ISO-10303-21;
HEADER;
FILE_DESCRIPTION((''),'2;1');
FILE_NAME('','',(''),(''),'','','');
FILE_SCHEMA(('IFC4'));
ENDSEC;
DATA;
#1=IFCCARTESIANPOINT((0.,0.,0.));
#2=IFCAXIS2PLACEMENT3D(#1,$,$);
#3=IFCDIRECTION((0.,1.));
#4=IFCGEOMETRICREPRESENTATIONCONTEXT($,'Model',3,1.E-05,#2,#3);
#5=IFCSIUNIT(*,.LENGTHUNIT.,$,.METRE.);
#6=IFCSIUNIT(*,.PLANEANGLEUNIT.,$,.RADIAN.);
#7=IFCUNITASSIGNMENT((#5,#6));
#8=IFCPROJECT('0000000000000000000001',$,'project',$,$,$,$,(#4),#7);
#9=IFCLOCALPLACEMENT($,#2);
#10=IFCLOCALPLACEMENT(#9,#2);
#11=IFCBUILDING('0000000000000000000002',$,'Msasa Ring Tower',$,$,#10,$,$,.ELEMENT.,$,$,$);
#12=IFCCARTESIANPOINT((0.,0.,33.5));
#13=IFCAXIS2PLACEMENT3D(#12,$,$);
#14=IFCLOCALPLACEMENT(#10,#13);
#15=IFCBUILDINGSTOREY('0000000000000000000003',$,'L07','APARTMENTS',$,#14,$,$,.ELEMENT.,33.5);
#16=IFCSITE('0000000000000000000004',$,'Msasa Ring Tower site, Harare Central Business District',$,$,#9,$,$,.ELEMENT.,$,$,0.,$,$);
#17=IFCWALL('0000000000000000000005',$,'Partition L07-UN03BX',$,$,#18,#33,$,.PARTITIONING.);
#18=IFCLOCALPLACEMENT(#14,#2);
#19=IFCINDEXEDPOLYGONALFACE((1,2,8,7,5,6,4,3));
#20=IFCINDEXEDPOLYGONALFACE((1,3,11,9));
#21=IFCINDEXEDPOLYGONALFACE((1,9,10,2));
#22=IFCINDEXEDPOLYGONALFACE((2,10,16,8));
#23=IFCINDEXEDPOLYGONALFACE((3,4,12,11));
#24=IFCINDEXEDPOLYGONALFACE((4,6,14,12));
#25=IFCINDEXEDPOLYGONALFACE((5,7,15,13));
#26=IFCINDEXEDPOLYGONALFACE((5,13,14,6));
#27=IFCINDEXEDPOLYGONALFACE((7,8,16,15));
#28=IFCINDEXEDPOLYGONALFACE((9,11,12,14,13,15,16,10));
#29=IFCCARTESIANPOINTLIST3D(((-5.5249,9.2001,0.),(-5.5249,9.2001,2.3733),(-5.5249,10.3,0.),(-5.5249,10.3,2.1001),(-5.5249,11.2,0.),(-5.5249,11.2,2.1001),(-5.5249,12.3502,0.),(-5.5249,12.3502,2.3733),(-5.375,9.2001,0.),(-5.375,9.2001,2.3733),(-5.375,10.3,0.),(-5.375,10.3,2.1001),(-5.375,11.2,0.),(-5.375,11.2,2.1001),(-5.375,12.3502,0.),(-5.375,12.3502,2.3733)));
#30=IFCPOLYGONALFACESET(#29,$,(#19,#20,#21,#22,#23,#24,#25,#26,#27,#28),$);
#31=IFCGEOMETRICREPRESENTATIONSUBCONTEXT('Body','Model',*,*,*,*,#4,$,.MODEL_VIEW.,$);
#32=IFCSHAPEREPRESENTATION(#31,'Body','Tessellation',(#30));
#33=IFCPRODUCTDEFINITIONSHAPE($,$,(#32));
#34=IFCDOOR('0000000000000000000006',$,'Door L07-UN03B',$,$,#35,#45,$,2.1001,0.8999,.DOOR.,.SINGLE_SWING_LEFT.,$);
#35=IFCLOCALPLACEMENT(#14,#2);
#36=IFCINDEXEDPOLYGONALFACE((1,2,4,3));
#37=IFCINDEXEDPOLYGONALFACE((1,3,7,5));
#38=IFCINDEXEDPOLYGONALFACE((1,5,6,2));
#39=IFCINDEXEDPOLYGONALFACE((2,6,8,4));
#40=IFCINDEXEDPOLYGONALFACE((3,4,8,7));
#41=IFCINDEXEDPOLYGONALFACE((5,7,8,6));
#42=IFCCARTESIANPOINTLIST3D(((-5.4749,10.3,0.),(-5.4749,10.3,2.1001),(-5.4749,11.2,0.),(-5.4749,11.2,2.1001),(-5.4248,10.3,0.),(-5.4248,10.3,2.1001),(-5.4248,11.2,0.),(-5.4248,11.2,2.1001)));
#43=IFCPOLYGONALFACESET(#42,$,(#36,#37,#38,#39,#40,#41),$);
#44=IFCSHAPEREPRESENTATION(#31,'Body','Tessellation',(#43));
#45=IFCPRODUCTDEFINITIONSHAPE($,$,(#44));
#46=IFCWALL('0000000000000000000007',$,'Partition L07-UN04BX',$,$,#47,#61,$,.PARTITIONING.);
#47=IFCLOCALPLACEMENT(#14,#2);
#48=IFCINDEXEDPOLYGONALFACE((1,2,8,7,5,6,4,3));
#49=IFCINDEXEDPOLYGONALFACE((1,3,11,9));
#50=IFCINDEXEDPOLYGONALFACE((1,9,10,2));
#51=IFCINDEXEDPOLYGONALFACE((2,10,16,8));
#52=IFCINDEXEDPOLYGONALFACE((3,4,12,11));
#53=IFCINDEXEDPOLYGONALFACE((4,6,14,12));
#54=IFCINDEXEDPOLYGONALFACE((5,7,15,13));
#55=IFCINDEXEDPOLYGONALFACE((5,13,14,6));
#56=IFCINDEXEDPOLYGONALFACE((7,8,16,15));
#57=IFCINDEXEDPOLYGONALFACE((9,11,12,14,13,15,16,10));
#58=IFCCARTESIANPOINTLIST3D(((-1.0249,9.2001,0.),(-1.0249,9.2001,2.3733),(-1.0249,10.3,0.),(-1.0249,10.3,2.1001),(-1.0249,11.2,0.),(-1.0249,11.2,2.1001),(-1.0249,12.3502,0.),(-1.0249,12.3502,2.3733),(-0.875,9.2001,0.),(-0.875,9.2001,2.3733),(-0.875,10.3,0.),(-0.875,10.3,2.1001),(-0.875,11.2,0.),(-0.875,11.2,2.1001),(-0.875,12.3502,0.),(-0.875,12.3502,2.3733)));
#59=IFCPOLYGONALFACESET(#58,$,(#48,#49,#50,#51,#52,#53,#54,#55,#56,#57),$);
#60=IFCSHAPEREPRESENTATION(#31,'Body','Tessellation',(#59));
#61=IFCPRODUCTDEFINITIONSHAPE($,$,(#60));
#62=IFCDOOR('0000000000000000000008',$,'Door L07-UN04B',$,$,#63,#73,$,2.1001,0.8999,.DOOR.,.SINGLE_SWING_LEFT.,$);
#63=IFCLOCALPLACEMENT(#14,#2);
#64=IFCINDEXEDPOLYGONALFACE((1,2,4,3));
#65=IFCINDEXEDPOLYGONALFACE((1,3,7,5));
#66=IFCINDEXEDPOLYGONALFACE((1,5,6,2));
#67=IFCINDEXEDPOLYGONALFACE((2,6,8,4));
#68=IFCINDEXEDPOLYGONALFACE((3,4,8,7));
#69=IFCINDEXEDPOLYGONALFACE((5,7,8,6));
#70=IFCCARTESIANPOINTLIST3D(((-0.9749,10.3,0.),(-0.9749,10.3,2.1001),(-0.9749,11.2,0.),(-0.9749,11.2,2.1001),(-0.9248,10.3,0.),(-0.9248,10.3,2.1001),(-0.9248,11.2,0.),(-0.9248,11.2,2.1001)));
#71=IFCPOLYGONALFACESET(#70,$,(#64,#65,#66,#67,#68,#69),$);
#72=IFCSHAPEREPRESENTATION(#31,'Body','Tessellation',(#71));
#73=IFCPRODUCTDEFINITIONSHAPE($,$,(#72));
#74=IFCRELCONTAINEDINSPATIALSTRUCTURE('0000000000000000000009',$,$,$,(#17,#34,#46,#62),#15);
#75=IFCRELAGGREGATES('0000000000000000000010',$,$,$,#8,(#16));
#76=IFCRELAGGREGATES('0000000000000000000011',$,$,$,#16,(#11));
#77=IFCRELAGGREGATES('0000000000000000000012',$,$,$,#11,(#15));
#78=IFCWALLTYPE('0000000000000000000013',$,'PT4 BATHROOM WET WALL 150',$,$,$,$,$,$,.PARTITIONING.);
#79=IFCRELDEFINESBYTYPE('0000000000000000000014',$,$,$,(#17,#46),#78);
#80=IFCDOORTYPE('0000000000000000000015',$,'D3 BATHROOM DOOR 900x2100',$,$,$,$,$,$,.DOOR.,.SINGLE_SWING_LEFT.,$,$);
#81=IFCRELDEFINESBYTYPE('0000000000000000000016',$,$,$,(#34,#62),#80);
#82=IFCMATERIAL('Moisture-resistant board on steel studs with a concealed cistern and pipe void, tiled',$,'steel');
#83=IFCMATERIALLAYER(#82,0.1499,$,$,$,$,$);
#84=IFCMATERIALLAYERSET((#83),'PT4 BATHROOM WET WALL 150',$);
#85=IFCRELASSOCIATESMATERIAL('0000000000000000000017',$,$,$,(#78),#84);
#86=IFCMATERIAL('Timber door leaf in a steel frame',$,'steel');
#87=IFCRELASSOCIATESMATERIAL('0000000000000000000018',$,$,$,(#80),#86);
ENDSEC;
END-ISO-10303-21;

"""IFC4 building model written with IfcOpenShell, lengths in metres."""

from ifc_helpers import new_model, si_unit, direction, frame, frame_2d, origin, place, context, subcontext, project, spatial, rectangle, extrude, material, layer, layer_set, type_object, element, fill, save


model = new_model("IFC4")

# Units and contexts
model_context = context("Model", 3, precision=1e-05, world=origin(), true_north=direction((0.0, 1.0)))
body_context = subcontext(model_context, "Body", "Model", "MODEL_VIEW")
ifc_project = project(units=[si_unit("LENGTHUNIT", "METRE"), si_unit("PLANEANGLEUNIT", "RADIAN")], contexts=[model_context])

# Site, building, storey
site_placement = place(None, origin())
site = spatial("IfcSite", under=ifc_project, at=site_placement, Name="Msasa Ring Tower site, Harare Central Business District", CompositionType="ELEMENT", RefElevation=0.0)
building_placement = place(site_placement, origin())
building = spatial("IfcBuilding", under=site, at=building_placement, Name="Msasa Ring Tower", CompositionType="ELEMENT")
storey_placement = place(building_placement, frame((0.0, 0.0, 33.5)))
storey = spatial("IfcBuildingStorey", under=building, at=storey_placement, Name="L07", Description="APARTMENTS", CompositionType="ELEMENT", Elevation=33.5)

# Walls, openings, doors
ifc_material_1 = material(Name="Moisture-resistant board on steel studs with a concealed cistern and pipe void, tiled", Category="steel")
ifc_layer_1 = layer(ifc_material_1, 0.1499)
ifc_layer_set_1 = layer_set([ifc_layer_1], Name="PT4 BATHROOM WET WALL 150")
wall_type_1 = type_object("IfcWallType", Name="PT4 BATHROOM WET WALL 150", PredefinedType="PARTITIONING", material=ifc_layer_set_1)
wall_1_placement = place(storey_placement, frame((-5.45, 9.2, 0.0), z_axis=(0.0, 0.0, 1.0), x_axis=(0.0, 1.0, 0.0)))
wall_1 = element("IfcWall", 1, at=wall_1_placement, inside=storey, type_object=wall_type_1, Name="Partition L07-UN03BX", PredefinedType="PARTITIONING", context=body_context, shape_type="SweptSolid", body=[
    extrude(rectangle(XDim=3.1501, YDim=0.1499, at=frame_2d((1.5752, 0.0))), origin(), (0.0, 0.0, 1.0), 2.3733),
])
opening_1_placement = place(wall_1_placement, frame((1.1001, 0.0, 0.0)))
opening_1 = element("IfcOpeningElement", 2, at=opening_1_placement, cuts=wall_1, PredefinedType="OPENING", context=body_context, shape_type="SweptSolid", body=[
    extrude(rectangle(XDim=0.8999, YDim=2.1001, at=frame_2d((0.45, 1.05))), frame((0.0, 0.085, 0.0), z_axis=(0.0, -1.0, 0.0), x_axis=(1.0, 0.0, 0.0)), (0.0, 0.0, 1.0), 0.1699),
])
ifc_material_2 = material(Name="Timber door leaf in a steel frame", Category="steel")
door_type = type_object("IfcDoorType", Name="D3 BATHROOM DOOR 900x2100", OperationType="SINGLE_SWING_LEFT", PredefinedType="DOOR", material=ifc_material_2)
door_1_placement = place(opening_1_placement, origin())
door_1 = element("IfcDoor", 3, at=door_1_placement, inside=storey, type_object=door_type, Name="Door L07-UN03B", OperationType="SINGLE_SWING_LEFT", OverallHeight=2.1001, OverallWidth=0.8999, PredefinedType="DOOR", context=body_context, shape_type="SweptSolid", body=[
    extrude(rectangle(XDim=0.8999, YDim=2.1001, at=frame_2d((0.45, 1.05))), frame((0.0, 0.0249, 0.0), z_axis=(0.0, -1.0, 0.0), x_axis=(1.0, 0.0, 0.0)), (0.0, 0.0, 1.0), 0.05),
])
fill(opening_1, door_1)
wall_2_placement = place(storey_placement, frame((-0.95, 9.2, 0.0), z_axis=(0.0, 0.0, 1.0), x_axis=(0.0, 1.0, 0.0)))
wall_2 = element("IfcWall", 4, at=wall_2_placement, inside=storey, type_object=wall_type_1, Name="Partition L07-UN04BX", PredefinedType="PARTITIONING", context=body_context, shape_type="SweptSolid", body=[
    extrude(rectangle(XDim=3.1501, YDim=0.1499, at=frame_2d((1.5752, 0.0))), origin(), (0.0, 0.0, 1.0), 2.3733),
])
opening_2_placement = place(wall_2_placement, frame((1.1001, 0.0, 0.0)))
opening_2 = element("IfcOpeningElement", 5, at=opening_2_placement, cuts=wall_2, PredefinedType="OPENING", context=body_context, shape_type="SweptSolid", body=[
    extrude(rectangle(XDim=0.8999, YDim=2.1001, at=frame_2d((0.45, 1.05))), frame((0.0, 0.085, 0.0), z_axis=(0.0, -1.0, 0.0), x_axis=(1.0, 0.0, 0.0)), (0.0, 0.0, 1.0), 0.1699),
])
door_2_placement = place(opening_2_placement, origin())
door_2 = element("IfcDoor", 6, at=door_2_placement, inside=storey, type_object=door_type, Name="Door L07-UN04B", OperationType="SINGLE_SWING_LEFT", OverallHeight=2.1001, OverallWidth=0.8999, PredefinedType="DOOR", context=body_context, shape_type="SweptSolid", body=[
    extrude(rectangle(XDim=0.8999, YDim=2.1001, at=frame_2d((0.45, 1.05))), frame((0.0, 0.0249, 0.0), z_axis=(0.0, -1.0, 0.0), x_axis=(1.0, 0.0, 0.0)), (0.0, 0.0, 1.0), 0.05),
])
fill(opening_2, door_2)

save(model, "model.ifc")
